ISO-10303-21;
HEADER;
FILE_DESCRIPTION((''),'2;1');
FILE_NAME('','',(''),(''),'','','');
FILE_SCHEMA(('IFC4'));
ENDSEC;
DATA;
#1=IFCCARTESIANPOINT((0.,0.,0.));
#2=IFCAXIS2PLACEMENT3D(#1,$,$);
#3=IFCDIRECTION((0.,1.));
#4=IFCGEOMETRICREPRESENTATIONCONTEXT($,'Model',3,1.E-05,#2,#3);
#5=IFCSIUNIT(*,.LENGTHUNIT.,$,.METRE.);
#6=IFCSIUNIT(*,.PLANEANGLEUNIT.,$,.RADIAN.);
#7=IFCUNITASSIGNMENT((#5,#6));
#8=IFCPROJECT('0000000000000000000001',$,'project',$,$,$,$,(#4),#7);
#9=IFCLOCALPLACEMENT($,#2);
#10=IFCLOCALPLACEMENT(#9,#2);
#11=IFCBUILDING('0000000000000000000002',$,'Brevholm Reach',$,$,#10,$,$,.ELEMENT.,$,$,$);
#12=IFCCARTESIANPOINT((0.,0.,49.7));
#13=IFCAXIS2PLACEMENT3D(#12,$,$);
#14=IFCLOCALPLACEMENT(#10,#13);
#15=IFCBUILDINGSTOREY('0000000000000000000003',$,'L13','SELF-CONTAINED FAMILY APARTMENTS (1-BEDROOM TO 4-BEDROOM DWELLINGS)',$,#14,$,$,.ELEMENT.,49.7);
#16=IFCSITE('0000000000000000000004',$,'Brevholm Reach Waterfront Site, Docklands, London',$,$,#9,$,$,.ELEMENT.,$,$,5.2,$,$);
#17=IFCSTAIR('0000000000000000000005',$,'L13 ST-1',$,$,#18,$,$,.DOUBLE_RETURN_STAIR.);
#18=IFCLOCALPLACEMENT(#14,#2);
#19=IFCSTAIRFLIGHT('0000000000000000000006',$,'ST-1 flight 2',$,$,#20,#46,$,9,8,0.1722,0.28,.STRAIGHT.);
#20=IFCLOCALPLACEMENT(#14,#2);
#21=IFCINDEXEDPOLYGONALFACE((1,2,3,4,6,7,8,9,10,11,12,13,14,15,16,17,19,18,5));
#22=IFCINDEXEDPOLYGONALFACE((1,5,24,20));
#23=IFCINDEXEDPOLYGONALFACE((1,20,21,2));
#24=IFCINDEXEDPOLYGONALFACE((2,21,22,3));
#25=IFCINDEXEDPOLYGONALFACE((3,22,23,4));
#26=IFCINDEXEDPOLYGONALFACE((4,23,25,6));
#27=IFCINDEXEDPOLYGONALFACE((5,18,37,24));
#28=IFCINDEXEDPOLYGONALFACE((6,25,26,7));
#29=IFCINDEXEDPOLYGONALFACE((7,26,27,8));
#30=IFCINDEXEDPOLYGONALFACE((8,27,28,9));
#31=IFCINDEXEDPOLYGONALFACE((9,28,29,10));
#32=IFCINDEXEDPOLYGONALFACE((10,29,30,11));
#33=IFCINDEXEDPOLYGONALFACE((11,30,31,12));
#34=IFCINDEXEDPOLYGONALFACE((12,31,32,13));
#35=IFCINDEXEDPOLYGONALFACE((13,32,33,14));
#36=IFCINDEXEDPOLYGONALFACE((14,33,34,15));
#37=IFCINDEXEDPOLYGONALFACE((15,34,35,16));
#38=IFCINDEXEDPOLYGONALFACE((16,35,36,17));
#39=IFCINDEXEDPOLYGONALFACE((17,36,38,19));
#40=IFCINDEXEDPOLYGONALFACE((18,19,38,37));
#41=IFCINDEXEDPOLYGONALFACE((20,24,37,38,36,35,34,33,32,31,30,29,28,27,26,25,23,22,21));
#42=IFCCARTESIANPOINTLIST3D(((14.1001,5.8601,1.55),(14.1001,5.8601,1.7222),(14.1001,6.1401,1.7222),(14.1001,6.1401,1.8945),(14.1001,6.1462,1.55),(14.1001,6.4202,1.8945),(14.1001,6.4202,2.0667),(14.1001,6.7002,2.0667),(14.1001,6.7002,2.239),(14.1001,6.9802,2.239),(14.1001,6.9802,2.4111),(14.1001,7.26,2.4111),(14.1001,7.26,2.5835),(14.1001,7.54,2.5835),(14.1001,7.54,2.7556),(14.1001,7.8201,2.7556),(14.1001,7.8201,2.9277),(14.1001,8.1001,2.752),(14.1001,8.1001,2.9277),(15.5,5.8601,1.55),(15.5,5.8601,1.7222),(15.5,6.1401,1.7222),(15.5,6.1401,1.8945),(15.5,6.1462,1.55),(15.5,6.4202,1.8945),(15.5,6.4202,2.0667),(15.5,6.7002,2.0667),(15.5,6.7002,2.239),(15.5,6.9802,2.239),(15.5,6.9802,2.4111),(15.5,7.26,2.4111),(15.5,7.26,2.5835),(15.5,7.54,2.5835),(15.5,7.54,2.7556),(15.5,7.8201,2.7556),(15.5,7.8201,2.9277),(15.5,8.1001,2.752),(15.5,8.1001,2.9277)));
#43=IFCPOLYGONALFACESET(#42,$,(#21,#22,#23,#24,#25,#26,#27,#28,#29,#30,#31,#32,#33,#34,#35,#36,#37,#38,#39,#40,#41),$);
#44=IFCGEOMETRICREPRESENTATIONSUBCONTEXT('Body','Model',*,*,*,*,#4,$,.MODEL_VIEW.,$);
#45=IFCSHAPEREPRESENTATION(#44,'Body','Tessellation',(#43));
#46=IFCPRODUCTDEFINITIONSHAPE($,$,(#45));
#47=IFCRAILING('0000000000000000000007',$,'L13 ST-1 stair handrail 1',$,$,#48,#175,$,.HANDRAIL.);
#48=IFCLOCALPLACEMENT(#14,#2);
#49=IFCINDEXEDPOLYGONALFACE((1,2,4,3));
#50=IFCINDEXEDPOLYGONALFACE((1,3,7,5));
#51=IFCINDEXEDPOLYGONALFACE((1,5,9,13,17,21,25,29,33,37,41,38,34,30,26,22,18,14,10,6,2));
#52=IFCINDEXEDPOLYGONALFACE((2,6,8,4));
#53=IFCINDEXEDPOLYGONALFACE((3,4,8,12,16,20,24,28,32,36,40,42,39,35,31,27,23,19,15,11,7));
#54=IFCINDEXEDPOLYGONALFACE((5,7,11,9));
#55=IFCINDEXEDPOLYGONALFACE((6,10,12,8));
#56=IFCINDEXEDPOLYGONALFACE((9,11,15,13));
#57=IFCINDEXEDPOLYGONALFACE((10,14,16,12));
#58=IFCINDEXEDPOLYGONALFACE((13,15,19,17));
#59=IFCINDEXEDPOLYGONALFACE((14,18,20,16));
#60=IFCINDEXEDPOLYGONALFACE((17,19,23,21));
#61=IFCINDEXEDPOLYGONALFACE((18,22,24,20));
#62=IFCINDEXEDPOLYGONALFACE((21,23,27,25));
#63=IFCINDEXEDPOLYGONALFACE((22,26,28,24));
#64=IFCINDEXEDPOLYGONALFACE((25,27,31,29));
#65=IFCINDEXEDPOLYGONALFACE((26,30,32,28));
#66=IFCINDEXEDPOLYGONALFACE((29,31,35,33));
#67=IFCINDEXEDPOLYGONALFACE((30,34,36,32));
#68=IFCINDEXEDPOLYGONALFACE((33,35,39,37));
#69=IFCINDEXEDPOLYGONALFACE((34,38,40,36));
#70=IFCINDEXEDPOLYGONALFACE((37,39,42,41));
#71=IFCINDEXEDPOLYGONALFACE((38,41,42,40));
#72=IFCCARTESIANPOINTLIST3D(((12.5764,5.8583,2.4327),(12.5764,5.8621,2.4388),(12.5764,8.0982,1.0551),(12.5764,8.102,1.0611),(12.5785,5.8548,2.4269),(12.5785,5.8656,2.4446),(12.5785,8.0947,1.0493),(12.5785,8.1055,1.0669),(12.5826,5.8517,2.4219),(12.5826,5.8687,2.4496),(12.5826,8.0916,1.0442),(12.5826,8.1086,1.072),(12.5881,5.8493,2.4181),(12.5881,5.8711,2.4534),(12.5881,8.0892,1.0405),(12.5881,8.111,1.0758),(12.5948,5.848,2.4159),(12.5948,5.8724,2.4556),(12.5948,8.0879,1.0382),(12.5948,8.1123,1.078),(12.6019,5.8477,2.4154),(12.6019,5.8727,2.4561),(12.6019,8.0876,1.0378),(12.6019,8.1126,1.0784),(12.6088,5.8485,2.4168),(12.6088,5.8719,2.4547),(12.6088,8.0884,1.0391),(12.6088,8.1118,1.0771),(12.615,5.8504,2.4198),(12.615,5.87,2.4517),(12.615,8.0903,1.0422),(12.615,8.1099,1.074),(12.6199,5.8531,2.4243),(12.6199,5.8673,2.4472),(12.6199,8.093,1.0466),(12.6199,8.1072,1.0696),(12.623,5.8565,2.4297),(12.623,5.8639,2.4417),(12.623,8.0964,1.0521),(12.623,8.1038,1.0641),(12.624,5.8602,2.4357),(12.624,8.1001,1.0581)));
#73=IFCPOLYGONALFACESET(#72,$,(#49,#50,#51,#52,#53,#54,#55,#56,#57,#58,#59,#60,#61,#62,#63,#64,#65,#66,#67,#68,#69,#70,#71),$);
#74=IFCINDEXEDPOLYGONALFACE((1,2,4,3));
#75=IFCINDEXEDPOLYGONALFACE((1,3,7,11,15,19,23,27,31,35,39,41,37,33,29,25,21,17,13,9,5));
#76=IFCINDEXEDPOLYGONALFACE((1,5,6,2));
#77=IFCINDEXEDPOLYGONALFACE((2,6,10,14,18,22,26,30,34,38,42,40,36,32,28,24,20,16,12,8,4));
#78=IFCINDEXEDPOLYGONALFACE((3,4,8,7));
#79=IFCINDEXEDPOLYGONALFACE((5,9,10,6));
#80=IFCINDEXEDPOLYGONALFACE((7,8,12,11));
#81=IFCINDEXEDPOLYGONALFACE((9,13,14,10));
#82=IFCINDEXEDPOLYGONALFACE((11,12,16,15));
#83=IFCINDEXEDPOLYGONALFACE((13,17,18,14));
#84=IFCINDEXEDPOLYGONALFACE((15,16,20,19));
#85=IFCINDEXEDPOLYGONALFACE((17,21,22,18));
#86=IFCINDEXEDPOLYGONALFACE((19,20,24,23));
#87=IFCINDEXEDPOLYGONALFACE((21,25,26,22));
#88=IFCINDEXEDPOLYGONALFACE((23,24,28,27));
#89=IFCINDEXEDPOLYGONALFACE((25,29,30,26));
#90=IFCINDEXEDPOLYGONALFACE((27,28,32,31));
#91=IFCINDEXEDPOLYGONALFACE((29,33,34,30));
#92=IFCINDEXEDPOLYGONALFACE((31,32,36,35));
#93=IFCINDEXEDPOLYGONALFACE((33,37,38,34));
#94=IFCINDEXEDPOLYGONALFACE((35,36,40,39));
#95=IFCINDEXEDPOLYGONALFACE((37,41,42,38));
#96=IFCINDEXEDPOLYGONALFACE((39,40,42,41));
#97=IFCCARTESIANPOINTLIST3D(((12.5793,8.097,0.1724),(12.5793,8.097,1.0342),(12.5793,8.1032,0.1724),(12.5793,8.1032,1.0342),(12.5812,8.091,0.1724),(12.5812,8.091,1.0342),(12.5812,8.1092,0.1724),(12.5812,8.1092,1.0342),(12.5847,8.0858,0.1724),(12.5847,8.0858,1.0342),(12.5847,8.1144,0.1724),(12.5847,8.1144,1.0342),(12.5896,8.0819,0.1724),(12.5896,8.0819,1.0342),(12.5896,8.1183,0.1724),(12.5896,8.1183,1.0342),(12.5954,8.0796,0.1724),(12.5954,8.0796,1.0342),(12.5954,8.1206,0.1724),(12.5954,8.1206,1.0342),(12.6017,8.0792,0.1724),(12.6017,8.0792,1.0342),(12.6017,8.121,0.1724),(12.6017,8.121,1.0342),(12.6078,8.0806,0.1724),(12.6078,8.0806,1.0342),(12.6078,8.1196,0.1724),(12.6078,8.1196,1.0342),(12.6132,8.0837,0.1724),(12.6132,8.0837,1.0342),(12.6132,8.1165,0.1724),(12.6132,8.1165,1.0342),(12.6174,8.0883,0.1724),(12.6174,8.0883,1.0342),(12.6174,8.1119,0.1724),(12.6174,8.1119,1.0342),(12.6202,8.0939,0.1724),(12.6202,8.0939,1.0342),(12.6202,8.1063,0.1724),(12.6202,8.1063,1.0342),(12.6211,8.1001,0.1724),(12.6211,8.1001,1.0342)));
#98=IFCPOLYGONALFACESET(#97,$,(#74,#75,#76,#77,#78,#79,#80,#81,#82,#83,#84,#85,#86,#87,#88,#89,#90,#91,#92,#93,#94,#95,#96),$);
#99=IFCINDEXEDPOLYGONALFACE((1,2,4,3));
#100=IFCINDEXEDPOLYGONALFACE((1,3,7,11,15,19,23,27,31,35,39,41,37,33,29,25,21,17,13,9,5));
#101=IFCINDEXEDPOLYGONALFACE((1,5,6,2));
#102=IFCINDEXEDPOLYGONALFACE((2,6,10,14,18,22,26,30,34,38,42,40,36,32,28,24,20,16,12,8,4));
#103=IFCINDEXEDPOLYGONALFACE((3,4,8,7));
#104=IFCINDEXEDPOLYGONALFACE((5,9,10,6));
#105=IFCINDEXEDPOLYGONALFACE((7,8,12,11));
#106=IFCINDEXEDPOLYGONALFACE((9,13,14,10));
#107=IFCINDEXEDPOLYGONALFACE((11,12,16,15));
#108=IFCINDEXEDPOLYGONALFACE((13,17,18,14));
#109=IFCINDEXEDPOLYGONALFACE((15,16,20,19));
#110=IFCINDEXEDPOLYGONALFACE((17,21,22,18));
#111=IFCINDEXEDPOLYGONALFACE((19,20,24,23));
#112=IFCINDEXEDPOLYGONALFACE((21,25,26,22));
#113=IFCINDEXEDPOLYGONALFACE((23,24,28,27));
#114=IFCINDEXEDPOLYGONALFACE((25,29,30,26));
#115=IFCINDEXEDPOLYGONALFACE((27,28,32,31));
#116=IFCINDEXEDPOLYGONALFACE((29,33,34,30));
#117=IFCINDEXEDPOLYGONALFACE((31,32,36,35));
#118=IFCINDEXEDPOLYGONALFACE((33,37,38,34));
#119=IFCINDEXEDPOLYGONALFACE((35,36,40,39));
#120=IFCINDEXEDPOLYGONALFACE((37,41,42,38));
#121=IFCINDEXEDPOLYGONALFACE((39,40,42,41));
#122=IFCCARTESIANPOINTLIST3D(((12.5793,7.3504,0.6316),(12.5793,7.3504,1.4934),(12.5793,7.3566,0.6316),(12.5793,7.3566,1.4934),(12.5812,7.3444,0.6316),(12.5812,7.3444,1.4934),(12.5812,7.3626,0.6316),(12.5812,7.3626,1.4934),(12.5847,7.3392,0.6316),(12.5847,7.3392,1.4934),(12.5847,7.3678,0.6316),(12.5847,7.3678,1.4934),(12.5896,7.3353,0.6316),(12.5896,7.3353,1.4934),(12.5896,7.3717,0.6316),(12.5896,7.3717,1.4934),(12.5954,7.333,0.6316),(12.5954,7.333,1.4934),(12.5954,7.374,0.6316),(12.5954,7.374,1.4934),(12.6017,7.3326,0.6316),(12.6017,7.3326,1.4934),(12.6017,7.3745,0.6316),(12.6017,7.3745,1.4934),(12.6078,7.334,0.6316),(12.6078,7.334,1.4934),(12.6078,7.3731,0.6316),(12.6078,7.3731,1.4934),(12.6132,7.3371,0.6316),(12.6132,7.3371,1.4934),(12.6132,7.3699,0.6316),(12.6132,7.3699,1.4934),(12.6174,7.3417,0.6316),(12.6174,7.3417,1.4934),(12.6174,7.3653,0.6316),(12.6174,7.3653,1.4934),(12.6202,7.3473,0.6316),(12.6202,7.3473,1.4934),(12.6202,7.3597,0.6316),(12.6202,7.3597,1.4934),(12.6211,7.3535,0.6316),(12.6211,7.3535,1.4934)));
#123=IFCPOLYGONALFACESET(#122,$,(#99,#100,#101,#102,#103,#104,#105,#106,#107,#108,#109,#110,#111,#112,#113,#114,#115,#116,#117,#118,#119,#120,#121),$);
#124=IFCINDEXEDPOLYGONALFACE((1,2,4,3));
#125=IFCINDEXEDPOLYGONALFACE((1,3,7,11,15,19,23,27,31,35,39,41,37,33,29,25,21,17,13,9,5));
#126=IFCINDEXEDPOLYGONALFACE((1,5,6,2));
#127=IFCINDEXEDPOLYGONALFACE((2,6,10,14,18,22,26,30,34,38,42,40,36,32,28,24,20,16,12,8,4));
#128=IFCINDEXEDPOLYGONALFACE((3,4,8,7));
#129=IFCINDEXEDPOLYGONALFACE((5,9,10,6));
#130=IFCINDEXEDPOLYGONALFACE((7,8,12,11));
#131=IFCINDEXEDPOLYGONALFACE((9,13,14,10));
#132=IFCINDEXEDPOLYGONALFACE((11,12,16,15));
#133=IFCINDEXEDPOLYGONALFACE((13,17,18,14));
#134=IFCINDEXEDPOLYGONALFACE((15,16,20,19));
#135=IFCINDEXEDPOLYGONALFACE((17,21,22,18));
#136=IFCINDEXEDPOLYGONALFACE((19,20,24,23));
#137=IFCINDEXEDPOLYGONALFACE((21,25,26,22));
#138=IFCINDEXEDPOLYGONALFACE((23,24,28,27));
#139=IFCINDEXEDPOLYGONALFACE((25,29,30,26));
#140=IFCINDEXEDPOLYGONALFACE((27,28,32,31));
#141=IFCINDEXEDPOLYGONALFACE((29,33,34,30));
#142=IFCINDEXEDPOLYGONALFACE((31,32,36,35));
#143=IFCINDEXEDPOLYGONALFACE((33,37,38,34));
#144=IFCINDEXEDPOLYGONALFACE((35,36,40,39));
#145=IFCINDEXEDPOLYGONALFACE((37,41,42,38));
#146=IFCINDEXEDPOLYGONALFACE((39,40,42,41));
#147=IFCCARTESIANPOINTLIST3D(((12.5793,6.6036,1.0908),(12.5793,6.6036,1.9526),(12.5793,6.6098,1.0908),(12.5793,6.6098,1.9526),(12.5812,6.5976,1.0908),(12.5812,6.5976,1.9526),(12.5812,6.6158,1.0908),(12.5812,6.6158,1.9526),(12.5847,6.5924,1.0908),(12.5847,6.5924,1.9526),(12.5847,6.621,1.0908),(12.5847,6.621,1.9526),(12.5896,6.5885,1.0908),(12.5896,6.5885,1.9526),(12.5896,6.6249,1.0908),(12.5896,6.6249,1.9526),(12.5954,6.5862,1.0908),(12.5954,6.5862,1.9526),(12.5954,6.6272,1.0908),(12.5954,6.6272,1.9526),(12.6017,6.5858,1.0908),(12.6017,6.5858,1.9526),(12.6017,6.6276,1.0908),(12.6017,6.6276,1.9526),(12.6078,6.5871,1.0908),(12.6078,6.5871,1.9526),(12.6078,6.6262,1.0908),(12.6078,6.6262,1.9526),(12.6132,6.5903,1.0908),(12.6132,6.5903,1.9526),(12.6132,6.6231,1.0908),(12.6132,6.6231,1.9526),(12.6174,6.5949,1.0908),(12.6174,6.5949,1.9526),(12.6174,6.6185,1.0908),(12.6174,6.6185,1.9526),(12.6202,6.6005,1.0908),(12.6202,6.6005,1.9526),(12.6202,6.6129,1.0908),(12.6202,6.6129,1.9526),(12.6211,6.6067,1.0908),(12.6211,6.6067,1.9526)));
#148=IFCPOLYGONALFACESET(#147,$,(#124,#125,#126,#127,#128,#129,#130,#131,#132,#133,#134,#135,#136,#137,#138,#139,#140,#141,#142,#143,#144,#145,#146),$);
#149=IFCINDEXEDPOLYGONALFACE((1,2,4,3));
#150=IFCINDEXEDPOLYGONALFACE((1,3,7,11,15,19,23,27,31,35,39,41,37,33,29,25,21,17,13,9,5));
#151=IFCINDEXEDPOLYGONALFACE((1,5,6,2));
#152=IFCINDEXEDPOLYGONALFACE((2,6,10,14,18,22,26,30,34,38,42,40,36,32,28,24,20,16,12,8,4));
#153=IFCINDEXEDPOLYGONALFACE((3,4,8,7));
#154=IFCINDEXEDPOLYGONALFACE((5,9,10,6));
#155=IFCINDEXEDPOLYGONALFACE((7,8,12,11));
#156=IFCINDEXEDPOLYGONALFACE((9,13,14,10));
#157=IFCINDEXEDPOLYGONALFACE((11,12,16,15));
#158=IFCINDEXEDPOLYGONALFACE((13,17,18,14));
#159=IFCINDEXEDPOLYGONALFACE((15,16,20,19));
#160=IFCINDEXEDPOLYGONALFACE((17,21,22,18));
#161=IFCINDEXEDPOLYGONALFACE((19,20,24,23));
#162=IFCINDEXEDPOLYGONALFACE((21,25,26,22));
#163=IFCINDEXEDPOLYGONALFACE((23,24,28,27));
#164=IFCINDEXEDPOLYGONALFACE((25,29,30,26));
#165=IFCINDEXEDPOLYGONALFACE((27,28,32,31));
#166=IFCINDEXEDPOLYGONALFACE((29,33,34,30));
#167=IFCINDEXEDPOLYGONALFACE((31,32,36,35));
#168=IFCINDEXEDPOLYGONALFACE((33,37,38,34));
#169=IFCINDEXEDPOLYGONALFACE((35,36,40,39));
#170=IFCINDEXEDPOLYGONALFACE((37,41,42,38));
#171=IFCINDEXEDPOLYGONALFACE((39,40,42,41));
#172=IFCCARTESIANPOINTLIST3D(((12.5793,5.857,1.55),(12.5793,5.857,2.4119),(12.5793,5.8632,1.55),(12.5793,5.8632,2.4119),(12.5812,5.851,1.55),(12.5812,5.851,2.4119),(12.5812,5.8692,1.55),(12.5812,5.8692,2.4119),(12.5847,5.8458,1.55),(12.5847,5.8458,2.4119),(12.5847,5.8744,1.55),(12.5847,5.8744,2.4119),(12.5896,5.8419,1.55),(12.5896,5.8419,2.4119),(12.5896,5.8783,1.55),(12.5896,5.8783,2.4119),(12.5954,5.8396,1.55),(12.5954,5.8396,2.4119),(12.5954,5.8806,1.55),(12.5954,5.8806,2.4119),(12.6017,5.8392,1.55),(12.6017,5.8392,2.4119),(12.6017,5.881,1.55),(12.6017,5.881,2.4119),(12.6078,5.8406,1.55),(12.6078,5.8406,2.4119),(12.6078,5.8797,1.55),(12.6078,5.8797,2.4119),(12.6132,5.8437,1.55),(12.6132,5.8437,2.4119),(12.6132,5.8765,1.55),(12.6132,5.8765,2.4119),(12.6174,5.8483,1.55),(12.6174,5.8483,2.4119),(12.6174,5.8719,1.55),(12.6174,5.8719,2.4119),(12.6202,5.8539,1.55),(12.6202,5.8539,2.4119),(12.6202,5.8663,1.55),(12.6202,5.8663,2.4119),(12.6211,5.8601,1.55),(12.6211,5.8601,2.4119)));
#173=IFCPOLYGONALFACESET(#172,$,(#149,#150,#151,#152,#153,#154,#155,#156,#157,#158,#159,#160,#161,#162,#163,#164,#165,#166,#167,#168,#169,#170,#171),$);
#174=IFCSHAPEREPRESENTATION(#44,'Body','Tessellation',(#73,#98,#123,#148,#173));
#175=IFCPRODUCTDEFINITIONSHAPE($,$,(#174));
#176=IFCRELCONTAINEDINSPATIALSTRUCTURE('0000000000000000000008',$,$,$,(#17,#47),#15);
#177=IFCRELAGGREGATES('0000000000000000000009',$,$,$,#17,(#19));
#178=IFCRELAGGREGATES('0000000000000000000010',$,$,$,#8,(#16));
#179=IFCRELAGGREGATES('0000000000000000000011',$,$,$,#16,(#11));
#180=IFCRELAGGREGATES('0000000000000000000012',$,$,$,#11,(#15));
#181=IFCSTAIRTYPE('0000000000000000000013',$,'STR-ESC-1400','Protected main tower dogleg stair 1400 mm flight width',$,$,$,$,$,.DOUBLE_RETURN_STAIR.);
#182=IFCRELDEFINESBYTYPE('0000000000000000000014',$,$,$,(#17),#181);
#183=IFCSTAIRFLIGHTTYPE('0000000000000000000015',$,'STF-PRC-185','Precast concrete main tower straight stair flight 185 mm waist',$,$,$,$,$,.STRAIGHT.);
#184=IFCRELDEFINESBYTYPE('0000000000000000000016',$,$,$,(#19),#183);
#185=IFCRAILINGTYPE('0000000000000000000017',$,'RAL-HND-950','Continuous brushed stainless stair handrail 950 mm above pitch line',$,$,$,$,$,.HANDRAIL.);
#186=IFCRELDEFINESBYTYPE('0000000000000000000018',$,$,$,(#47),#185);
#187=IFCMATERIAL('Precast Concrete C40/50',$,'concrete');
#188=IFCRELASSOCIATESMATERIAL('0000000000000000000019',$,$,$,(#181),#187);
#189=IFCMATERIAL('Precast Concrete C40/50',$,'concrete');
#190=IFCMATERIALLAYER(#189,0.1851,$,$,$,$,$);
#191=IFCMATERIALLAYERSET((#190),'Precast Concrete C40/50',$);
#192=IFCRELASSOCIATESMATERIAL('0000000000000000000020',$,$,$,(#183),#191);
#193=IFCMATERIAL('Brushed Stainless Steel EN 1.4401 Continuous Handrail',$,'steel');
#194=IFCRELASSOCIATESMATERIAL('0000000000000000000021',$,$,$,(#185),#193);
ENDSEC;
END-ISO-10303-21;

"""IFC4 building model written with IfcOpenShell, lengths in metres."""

from ifc_helpers import new_model, si_unit, direction, frame, origin, origin_2d, place, context, subcontext, project, spatial, polyline, circle, outline, extrude, material, layer, layer_set, type_object, element, aggregate, save


model = new_model("IFC4")

# Units and contexts
model_context = context("Model", 3, precision=1e-05, world=origin(), true_north=direction((0.0, 1.0)))
body_context = subcontext(model_context, "Body", "Model", "MODEL_VIEW")
ifc_project = project(units=[si_unit("LENGTHUNIT", "METRE"), si_unit("PLANEANGLEUNIT", "RADIAN")], contexts=[model_context])

# Site, building, storey
site_placement = place(None, origin())
site = spatial("IfcSite", under=ifc_project, at=site_placement, Name="Brevholm Reach Waterfront Site, Docklands, London", CompositionType="ELEMENT", RefElevation=5.2)
building_placement = place(site_placement, origin())
building = spatial("IfcBuilding", under=site, at=building_placement, Name="Brevholm Reach", CompositionType="ELEMENT")
storey_placement = place(building_placement, frame((0.0, 0.0, 49.7)))
storey = spatial("IfcBuildingStorey", under=building, at=storey_placement, Name="L13", Description="SELF-CONTAINED FAMILY APARTMENTS (1-BEDROOM TO 4-BEDROOM DWELLINGS)", CompositionType="ELEMENT", Elevation=49.7)

# Stair, stair flight
ifc_material_1 = material(Name="Precast Concrete C40/50", Category="concrete")
stair_type = type_object("IfcStairType", Name="STR-ESC-1400", Description="Protected main tower dogleg stair 1400 mm flight width", PredefinedType="DOUBLE_RETURN_STAIR", material=ifc_material_1)
stair_placement = place(storey_placement, origin())
stair = element("IfcStair", 1, at=stair_placement, inside=storey, type_object=stair_type, Name="L13 ST-1", PredefinedType="DOUBLE_RETURN_STAIR")
ifc_material_2 = material(Name="Precast Concrete C40/50", Category="concrete")
ifc_layer_1 = layer(ifc_material_2, 0.1851)
ifc_layer_set_1 = layer_set([ifc_layer_1], Name="Precast Concrete C40/50")
stair_flight_type = type_object("IfcStairFlightType", Name="STF-PRC-185", Description="Precast concrete main tower straight stair flight 185 mm waist", PredefinedType="STRAIGHT", material=ifc_layer_set_1)
stair_flight_placement = place(storey_placement, frame((14.8, 5.8601, 1.55), z_axis=(0.0, 0.0, 1.0), x_axis=(0.0, 1.0, 0.0)))
stair_flight = element("IfcStairFlight", 2, at=stair_flight_placement, type_object=stair_flight_type, Name="ST-1 flight 2", NumberOfRisers=9, NumberOfTreads=8, PredefinedType="STRAIGHT", RiserHeight=0.1722, TreadLength=0.28, context=body_context, shape_type="SweptSolid", body=[
    extrude(outline(polyline([(0.0, 0.0), (0.0, 0.1721), (0.28, 0.1721), (0.28, 0.3445), (0.5601, 0.3445), (0.5601, 0.5166), (0.8401, 0.5166), (0.8401, 0.689), (1.1201, 0.689), (1.1201, 0.8611), (1.3999, 0.8611), (1.3999, 1.0334), (1.6799, 1.0334), (1.6799, 1.2056), (1.96, 1.2056), (1.96, 1.3777), (2.24, 1.3777), (2.24, 1.55), (2.24, 1.2019), (0.2861, 0.0), (0.0, 0.0)])), frame((0.0, 0.7, 0.0), z_axis=(0.0, -1.0, 0.0), x_axis=(1.0, 0.0, 0.0)), (0.0, 0.0, 1.0), 1.3999),
])
aggregate(stair, [stair_flight])

# Railing
ifc_material_3 = material(Name="Brushed Stainless Steel EN 1.4401 Continuous Handrail", Category="steel")
railing_type_1 = type_object("IfcRailingType", Name="RAL-HND-950", Description="Continuous brushed stainless stair handrail 950 mm above pitch line", PredefinedType="HANDRAIL", material=ifc_material_3)
railing_1_placement = place(storey_placement, frame((12.6001, 8.1001, 0.1724)))
element("IfcRailing", 3, at=railing_1_placement, inside=storey, type_object=railing_type_1, Name="L13 ST-1 stair handrail 1", PredefinedType="HANDRAIL", context=body_context, shape_type="SweptSolid", body=[
    extrude(circle(Radius=0.0239, at=origin_2d()), frame((0.0, 0.0, 0.8857), z_axis=(0.0, -0.851789, 0.523885), x_axis=(1.0, 0.0, 0.0)), (0.0, 0.0, 1.0), 2.6296),
    extrude(circle(Radius=0.021, at=origin_2d()), origin(), (0.0, 0.0, 1.0), 0.8618),
    extrude(circle(Radius=0.021, at=origin_2d()), frame((0.0, -0.7466, 0.4592)), (0.0, 0.0, 1.0), 0.8618),
    extrude(circle(Radius=0.021, at=origin_2d()), frame((0.0, -1.4934, 0.9185)), (0.0, 0.0, 1.0), 0.8618),
    extrude(circle(Radius=0.021, at=origin_2d()), frame((0.0, -2.24, 1.3777)), (0.0, 0.0, 1.0), 0.8618),
])

save(model, "model.ifc")
